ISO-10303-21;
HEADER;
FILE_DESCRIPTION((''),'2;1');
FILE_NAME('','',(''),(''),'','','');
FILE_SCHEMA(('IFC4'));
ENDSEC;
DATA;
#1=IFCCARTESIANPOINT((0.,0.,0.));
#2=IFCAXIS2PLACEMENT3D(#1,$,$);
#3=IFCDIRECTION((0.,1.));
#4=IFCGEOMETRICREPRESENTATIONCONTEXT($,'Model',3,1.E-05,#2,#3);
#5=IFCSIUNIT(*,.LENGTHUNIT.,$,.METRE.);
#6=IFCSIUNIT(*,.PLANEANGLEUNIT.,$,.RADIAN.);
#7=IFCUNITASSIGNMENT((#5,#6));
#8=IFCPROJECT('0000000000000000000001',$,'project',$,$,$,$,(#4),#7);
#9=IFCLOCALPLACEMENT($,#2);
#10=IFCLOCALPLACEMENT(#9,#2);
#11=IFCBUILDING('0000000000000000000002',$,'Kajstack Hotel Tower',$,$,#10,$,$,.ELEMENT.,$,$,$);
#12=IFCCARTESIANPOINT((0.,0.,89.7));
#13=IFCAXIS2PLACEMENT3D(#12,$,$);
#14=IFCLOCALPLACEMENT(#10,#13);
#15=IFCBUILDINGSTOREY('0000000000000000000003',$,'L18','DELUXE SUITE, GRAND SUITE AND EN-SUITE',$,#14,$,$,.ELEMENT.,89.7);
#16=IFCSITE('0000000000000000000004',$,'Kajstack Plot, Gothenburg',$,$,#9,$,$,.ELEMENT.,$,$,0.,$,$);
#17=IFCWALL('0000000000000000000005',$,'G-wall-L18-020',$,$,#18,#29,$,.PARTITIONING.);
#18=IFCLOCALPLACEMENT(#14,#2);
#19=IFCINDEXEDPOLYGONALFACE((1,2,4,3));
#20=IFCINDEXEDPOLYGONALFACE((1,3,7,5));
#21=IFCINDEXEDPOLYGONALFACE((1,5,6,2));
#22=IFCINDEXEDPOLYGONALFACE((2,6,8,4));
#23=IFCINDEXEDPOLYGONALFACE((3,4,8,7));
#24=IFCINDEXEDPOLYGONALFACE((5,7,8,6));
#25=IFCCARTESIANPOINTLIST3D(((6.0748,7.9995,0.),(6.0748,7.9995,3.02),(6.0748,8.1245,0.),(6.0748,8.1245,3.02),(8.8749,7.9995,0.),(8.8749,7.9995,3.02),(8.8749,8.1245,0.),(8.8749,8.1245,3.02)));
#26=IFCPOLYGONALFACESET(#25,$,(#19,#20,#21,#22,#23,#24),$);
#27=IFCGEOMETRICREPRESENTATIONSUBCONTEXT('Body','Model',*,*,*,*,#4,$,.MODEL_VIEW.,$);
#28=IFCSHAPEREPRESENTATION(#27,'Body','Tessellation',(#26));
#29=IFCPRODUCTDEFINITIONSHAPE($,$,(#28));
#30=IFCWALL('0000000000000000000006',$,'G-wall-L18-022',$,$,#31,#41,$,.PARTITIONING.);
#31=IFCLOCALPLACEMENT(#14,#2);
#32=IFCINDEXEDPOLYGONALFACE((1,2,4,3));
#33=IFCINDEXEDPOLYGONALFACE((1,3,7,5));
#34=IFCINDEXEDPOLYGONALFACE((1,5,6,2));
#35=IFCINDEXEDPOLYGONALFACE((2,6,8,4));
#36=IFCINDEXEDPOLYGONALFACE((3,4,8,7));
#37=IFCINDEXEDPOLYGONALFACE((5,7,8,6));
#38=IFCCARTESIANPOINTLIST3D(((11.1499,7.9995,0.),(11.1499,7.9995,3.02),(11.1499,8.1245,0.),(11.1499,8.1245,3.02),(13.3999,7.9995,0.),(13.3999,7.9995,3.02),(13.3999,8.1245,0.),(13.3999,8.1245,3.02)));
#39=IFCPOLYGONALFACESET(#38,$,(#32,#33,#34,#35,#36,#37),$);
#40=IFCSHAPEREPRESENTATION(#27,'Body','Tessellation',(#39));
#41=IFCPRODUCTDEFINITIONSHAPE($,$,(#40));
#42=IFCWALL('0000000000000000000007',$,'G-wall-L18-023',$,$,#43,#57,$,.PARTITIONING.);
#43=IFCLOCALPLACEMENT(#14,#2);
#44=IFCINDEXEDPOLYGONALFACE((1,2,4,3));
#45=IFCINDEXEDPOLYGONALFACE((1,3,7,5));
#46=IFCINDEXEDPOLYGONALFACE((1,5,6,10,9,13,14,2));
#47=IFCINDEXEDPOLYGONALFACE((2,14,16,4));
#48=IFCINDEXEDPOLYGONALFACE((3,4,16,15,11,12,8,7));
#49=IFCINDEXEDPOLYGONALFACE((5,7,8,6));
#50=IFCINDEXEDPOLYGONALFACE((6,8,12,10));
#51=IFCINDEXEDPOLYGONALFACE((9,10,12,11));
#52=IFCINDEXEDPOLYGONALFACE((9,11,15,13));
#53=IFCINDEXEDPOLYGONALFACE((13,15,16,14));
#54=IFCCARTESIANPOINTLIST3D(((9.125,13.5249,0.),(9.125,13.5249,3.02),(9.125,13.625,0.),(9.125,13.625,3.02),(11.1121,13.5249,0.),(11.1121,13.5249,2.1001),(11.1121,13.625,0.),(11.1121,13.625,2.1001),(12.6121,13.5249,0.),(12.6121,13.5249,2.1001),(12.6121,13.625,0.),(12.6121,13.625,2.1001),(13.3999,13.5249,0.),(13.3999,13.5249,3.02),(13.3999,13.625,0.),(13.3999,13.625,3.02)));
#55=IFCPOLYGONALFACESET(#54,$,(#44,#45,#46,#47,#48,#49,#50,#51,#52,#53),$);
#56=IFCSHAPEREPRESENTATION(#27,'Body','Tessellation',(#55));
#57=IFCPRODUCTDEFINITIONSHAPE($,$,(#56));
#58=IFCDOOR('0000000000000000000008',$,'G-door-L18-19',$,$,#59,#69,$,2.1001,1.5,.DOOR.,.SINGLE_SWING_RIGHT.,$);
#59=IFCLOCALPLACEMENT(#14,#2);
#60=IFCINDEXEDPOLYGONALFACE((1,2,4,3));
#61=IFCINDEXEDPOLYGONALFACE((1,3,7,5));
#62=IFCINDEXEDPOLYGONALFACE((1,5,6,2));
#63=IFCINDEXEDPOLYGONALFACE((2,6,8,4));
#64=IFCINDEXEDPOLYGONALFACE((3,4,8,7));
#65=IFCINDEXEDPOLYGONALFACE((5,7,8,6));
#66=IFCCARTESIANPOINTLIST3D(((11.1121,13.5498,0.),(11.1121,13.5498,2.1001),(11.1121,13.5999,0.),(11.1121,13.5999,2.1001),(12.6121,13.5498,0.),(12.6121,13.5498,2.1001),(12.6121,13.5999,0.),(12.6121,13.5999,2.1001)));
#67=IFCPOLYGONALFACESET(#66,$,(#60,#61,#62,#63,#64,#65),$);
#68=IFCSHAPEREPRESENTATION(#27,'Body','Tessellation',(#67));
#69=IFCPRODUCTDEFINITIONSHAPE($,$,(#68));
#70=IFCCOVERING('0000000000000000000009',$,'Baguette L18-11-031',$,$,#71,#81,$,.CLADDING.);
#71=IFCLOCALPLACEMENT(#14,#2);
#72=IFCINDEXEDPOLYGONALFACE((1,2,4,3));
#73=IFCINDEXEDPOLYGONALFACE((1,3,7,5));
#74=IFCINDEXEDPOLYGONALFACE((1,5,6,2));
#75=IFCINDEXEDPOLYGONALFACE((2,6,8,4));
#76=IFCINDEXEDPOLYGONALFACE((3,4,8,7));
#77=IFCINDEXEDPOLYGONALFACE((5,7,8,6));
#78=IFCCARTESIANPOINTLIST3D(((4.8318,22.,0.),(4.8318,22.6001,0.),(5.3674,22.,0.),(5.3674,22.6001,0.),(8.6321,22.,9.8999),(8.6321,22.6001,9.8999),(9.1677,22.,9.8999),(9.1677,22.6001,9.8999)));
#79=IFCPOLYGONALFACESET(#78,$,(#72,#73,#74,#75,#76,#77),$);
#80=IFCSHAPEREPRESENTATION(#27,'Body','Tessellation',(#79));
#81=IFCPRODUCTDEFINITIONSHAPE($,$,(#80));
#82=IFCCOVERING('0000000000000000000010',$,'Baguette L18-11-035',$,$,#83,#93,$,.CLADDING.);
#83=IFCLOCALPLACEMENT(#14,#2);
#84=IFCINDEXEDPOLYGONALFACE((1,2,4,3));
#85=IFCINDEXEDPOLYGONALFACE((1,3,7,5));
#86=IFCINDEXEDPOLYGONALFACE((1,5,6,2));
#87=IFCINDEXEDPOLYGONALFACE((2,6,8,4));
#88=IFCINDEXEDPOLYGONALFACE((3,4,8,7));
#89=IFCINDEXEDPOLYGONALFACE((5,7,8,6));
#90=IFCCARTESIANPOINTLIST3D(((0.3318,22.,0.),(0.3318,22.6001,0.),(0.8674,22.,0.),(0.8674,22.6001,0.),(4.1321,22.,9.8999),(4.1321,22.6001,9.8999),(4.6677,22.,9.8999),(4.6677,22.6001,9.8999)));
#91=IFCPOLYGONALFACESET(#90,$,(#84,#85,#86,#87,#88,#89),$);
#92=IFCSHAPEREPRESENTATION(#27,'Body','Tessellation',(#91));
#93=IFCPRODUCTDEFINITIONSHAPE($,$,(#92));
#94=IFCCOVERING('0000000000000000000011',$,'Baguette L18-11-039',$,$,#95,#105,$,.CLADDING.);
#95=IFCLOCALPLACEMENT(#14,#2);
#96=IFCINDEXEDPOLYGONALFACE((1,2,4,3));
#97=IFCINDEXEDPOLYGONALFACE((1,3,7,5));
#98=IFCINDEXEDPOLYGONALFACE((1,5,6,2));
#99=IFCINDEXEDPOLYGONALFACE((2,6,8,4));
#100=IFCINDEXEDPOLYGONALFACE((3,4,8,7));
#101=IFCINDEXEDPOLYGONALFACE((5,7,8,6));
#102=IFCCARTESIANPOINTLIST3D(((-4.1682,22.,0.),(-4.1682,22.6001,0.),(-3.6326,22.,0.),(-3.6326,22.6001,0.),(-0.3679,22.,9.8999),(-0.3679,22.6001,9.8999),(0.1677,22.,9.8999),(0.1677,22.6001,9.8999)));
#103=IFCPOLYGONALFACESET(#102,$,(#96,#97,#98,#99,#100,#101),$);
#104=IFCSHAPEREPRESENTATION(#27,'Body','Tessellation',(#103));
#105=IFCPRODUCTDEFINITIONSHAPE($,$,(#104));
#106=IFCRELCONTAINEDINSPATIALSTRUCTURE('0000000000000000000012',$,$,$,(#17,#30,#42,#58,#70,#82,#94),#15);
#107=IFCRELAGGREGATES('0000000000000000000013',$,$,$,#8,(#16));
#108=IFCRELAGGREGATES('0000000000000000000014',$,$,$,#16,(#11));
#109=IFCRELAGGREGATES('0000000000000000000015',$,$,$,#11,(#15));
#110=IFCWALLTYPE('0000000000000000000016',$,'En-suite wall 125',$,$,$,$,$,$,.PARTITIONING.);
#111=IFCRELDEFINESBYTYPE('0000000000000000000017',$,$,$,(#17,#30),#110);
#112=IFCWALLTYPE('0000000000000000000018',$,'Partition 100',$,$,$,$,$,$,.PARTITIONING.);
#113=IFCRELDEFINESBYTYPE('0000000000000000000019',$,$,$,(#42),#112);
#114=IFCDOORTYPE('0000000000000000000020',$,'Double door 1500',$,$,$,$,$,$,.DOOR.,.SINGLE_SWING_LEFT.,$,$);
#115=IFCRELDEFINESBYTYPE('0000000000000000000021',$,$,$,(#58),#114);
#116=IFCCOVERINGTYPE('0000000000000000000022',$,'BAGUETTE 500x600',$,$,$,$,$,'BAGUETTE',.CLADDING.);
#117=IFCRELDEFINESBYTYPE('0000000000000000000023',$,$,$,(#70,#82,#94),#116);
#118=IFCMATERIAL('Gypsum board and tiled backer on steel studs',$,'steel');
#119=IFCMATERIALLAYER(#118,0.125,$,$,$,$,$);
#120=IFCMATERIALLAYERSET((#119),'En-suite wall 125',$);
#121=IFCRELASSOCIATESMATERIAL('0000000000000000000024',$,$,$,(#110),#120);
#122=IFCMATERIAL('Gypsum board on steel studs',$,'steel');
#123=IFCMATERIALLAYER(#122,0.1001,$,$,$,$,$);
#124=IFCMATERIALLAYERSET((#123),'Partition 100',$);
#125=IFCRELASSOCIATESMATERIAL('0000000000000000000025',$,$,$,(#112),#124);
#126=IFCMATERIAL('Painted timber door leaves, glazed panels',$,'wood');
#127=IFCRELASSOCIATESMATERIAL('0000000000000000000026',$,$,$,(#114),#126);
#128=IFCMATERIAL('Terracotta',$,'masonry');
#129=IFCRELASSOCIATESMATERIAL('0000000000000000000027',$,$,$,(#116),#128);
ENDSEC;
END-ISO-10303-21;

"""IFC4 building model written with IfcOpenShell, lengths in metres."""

from ifc_helpers import new_model, si_unit, direction, frame, frame_2d, origin, origin_2d, place, context, subcontext, project, spatial, polyline, rectangle, outline, extrude, material, layer, layer_set, material_profile, profile_set, type_object, element, fill, save


model = new_model("IFC4")

# Units and contexts
model_context = context("Model", 3, precision=1e-05, world=origin(), true_north=direction((0.0, 1.0)))
body_context = subcontext(model_context, "Body", "Model", "MODEL_VIEW")
ifc_project = project(units=[si_unit("LENGTHUNIT", "METRE"), si_unit("PLANEANGLEUNIT", "RADIAN")], contexts=[model_context])

# Site, building, storey
site_placement = place(None, origin())
site = spatial("IfcSite", under=ifc_project, at=site_placement, Name="Kajstack Plot, Gothenburg", CompositionType="ELEMENT", RefElevation=0.0)
building_placement = place(site_placement, origin())
building = spatial("IfcBuilding", under=site, at=building_placement, Name="Kajstack Hotel Tower", CompositionType="ELEMENT")
storey_placement = place(building_placement, frame((0.0, 0.0, 89.7)))
storey = spatial("IfcBuildingStorey", under=building, at=storey_placement, Name="L18", Description="DELUXE SUITE, GRAND SUITE AND EN-SUITE", CompositionType="ELEMENT", Elevation=89.7)

# Walls
ifc_material_1 = material(Name="Gypsum board and tiled backer on steel studs", Category="steel")
ifc_layer_1 = layer(ifc_material_1, 0.125)
ifc_layer_set_1 = layer_set([ifc_layer_1], Name="En-suite wall 125")
wall_type_1 = type_object("IfcWallType", Name="En-suite wall 125", PredefinedType="PARTITIONING", material=ifc_layer_set_1)
wall_1_placement = place(storey_placement, frame((6.075, 8.062, 0.0), z_axis=(0.0, 0.0, 1.0), x_axis=(1.0, 0.0, 0.0)))
element("IfcWall", 1, at=wall_1_placement, inside=storey, type_object=wall_type_1, Name="G-wall-L18-020", PredefinedType="PARTITIONING", context=body_context, shape_type="SweptSolid", body=[
    extrude(rectangle(XDim=2.8, YDim=0.125, at=frame_2d((1.3999, 0.0))), origin(), (0.0, 0.0, 1.0), 3.02),
])
wall_2_placement = place(storey_placement, frame((11.1499, 8.062, 0.0), z_axis=(0.0, 0.0, 1.0), x_axis=(1.0, 0.0, 0.0)))
element("IfcWall", 2, at=wall_2_placement, inside=storey, type_object=wall_type_1, Name="G-wall-L18-022", PredefinedType="PARTITIONING", context=body_context, shape_type="SweptSolid", body=[
    extrude(rectangle(XDim=2.25, YDim=0.125, at=frame_2d((1.125, 0.0))), origin(), (0.0, 0.0, 1.0), 3.02),
])

# Wall, opening, door
ifc_material_2 = material(Name="Gypsum board on steel studs", Category="steel")
ifc_layer_2 = layer(ifc_material_2, 0.1001)
ifc_layer_set_2 = layer_set([ifc_layer_2], Name="Partition 100")
wall_type_2 = type_object("IfcWallType", Name="Partition 100", PredefinedType="PARTITIONING", material=ifc_layer_set_2)
wall_3_placement = place(storey_placement, frame((9.125, 13.575, 0.0), z_axis=(0.0, 0.0, 1.0), x_axis=(1.0, 0.0, 0.0)))
wall_3 = element("IfcWall", 3, at=wall_3_placement, inside=storey, type_object=wall_type_2, Name="G-wall-L18-023", PredefinedType="PARTITIONING", context=body_context, shape_type="SweptSolid", body=[
    extrude(rectangle(XDim=4.2749, YDim=0.1001, at=frame_2d((2.1375, 0.0))), origin(), (0.0, 0.0, 1.0), 3.02),
])
opening_placement = place(wall_3_placement, frame((1.9871, 0.0, 0.0)))
opening = element("IfcOpeningElement", 4, at=opening_placement, cuts=wall_3, PredefinedType="OPENING", context=body_context, shape_type="SweptSolid", body=[
    extrude(rectangle(XDim=1.5, YDim=2.1001, at=frame_2d((0.75, 1.05))), frame((0.0, 0.0601, 0.0), z_axis=(0.0, -1.0, 0.0), x_axis=(1.0, 0.0, 0.0)), (0.0, 0.0, 1.0), 0.1201),
])
ifc_material_3 = material(Name="Painted timber door leaves, glazed panels", Category="wood")
door_type = type_object("IfcDoorType", Name="Double door 1500", OperationType="SINGLE_SWING_LEFT", PredefinedType="DOOR", material=ifc_material_3)
door_placement = place(opening_placement, origin())
door = element("IfcDoor", 5, at=door_placement, inside=storey, type_object=door_type, Name="G-door-L18-19", OperationType="SINGLE_SWING_RIGHT", OverallHeight=2.1001, OverallWidth=1.5, PredefinedType="DOOR", context=body_context, shape_type="SweptSolid", body=[
    extrude(rectangle(XDim=1.5, YDim=2.1001, at=frame_2d((0.75, 1.05))), frame((0.0, 0.0249, 0.0), z_axis=(0.0, -1.0, 0.0), x_axis=(1.0, 0.0, 0.0)), (0.0, 0.0, 1.0), 0.05),
])
fill(opening, door)

# Coverings
ifc_material_4 = material(Name="Terracotta", Category="masonry")
ifc_material_profile = material_profile(ifc_material_4, rectangle(XDim=0.6001, YDim=0.5, at=origin_2d()), Name="Terracotta-clad concrete baguette 500 x 600")
ifc_profile_set = profile_set([ifc_material_profile], Name="Terracotta")
covering_type = type_object("IfcCoveringType", Name="BAGUETTE 500x600", ElementType="BAGUETTE", PredefinedType="CLADDING", material=ifc_profile_set)
for number, where, z_axis, x_axis, name in (
    (6, (9.1677, 22.0, 0.0), (0.0, 1.0, 0.0), (-1.0, 0.0, 0.0), "Baguette L18-11-031"),
    (7, (4.6677, 22.0, 0.0), (0.0, 1.0, 0.0), (-1.0, 0.0, 0.0), "Baguette L18-11-035"),
    (8, (0.1677, 22.0, 0.0), (0.0, 1.0, 0.0), (-1.0, 0.0, 0.0), "Baguette L18-11-039"),
):
    element("IfcCovering", number, at=place(storey_placement, frame(where, z_axis=z_axis, x_axis=x_axis)), inside=storey, type_object=covering_type, Name=name, PredefinedType="CLADDING", context=body_context, shape_type="SweptSolid", body=[
        extrude(outline(polyline([(0.0, 9.8999), (3.8003, 0.0), (4.3359, 0.0), (0.5356, 9.8999), (0.0, 9.8999)])), origin(), (0.0, 0.0, 1.0), 0.6001),
    ])

save(model, "model.ifc")
